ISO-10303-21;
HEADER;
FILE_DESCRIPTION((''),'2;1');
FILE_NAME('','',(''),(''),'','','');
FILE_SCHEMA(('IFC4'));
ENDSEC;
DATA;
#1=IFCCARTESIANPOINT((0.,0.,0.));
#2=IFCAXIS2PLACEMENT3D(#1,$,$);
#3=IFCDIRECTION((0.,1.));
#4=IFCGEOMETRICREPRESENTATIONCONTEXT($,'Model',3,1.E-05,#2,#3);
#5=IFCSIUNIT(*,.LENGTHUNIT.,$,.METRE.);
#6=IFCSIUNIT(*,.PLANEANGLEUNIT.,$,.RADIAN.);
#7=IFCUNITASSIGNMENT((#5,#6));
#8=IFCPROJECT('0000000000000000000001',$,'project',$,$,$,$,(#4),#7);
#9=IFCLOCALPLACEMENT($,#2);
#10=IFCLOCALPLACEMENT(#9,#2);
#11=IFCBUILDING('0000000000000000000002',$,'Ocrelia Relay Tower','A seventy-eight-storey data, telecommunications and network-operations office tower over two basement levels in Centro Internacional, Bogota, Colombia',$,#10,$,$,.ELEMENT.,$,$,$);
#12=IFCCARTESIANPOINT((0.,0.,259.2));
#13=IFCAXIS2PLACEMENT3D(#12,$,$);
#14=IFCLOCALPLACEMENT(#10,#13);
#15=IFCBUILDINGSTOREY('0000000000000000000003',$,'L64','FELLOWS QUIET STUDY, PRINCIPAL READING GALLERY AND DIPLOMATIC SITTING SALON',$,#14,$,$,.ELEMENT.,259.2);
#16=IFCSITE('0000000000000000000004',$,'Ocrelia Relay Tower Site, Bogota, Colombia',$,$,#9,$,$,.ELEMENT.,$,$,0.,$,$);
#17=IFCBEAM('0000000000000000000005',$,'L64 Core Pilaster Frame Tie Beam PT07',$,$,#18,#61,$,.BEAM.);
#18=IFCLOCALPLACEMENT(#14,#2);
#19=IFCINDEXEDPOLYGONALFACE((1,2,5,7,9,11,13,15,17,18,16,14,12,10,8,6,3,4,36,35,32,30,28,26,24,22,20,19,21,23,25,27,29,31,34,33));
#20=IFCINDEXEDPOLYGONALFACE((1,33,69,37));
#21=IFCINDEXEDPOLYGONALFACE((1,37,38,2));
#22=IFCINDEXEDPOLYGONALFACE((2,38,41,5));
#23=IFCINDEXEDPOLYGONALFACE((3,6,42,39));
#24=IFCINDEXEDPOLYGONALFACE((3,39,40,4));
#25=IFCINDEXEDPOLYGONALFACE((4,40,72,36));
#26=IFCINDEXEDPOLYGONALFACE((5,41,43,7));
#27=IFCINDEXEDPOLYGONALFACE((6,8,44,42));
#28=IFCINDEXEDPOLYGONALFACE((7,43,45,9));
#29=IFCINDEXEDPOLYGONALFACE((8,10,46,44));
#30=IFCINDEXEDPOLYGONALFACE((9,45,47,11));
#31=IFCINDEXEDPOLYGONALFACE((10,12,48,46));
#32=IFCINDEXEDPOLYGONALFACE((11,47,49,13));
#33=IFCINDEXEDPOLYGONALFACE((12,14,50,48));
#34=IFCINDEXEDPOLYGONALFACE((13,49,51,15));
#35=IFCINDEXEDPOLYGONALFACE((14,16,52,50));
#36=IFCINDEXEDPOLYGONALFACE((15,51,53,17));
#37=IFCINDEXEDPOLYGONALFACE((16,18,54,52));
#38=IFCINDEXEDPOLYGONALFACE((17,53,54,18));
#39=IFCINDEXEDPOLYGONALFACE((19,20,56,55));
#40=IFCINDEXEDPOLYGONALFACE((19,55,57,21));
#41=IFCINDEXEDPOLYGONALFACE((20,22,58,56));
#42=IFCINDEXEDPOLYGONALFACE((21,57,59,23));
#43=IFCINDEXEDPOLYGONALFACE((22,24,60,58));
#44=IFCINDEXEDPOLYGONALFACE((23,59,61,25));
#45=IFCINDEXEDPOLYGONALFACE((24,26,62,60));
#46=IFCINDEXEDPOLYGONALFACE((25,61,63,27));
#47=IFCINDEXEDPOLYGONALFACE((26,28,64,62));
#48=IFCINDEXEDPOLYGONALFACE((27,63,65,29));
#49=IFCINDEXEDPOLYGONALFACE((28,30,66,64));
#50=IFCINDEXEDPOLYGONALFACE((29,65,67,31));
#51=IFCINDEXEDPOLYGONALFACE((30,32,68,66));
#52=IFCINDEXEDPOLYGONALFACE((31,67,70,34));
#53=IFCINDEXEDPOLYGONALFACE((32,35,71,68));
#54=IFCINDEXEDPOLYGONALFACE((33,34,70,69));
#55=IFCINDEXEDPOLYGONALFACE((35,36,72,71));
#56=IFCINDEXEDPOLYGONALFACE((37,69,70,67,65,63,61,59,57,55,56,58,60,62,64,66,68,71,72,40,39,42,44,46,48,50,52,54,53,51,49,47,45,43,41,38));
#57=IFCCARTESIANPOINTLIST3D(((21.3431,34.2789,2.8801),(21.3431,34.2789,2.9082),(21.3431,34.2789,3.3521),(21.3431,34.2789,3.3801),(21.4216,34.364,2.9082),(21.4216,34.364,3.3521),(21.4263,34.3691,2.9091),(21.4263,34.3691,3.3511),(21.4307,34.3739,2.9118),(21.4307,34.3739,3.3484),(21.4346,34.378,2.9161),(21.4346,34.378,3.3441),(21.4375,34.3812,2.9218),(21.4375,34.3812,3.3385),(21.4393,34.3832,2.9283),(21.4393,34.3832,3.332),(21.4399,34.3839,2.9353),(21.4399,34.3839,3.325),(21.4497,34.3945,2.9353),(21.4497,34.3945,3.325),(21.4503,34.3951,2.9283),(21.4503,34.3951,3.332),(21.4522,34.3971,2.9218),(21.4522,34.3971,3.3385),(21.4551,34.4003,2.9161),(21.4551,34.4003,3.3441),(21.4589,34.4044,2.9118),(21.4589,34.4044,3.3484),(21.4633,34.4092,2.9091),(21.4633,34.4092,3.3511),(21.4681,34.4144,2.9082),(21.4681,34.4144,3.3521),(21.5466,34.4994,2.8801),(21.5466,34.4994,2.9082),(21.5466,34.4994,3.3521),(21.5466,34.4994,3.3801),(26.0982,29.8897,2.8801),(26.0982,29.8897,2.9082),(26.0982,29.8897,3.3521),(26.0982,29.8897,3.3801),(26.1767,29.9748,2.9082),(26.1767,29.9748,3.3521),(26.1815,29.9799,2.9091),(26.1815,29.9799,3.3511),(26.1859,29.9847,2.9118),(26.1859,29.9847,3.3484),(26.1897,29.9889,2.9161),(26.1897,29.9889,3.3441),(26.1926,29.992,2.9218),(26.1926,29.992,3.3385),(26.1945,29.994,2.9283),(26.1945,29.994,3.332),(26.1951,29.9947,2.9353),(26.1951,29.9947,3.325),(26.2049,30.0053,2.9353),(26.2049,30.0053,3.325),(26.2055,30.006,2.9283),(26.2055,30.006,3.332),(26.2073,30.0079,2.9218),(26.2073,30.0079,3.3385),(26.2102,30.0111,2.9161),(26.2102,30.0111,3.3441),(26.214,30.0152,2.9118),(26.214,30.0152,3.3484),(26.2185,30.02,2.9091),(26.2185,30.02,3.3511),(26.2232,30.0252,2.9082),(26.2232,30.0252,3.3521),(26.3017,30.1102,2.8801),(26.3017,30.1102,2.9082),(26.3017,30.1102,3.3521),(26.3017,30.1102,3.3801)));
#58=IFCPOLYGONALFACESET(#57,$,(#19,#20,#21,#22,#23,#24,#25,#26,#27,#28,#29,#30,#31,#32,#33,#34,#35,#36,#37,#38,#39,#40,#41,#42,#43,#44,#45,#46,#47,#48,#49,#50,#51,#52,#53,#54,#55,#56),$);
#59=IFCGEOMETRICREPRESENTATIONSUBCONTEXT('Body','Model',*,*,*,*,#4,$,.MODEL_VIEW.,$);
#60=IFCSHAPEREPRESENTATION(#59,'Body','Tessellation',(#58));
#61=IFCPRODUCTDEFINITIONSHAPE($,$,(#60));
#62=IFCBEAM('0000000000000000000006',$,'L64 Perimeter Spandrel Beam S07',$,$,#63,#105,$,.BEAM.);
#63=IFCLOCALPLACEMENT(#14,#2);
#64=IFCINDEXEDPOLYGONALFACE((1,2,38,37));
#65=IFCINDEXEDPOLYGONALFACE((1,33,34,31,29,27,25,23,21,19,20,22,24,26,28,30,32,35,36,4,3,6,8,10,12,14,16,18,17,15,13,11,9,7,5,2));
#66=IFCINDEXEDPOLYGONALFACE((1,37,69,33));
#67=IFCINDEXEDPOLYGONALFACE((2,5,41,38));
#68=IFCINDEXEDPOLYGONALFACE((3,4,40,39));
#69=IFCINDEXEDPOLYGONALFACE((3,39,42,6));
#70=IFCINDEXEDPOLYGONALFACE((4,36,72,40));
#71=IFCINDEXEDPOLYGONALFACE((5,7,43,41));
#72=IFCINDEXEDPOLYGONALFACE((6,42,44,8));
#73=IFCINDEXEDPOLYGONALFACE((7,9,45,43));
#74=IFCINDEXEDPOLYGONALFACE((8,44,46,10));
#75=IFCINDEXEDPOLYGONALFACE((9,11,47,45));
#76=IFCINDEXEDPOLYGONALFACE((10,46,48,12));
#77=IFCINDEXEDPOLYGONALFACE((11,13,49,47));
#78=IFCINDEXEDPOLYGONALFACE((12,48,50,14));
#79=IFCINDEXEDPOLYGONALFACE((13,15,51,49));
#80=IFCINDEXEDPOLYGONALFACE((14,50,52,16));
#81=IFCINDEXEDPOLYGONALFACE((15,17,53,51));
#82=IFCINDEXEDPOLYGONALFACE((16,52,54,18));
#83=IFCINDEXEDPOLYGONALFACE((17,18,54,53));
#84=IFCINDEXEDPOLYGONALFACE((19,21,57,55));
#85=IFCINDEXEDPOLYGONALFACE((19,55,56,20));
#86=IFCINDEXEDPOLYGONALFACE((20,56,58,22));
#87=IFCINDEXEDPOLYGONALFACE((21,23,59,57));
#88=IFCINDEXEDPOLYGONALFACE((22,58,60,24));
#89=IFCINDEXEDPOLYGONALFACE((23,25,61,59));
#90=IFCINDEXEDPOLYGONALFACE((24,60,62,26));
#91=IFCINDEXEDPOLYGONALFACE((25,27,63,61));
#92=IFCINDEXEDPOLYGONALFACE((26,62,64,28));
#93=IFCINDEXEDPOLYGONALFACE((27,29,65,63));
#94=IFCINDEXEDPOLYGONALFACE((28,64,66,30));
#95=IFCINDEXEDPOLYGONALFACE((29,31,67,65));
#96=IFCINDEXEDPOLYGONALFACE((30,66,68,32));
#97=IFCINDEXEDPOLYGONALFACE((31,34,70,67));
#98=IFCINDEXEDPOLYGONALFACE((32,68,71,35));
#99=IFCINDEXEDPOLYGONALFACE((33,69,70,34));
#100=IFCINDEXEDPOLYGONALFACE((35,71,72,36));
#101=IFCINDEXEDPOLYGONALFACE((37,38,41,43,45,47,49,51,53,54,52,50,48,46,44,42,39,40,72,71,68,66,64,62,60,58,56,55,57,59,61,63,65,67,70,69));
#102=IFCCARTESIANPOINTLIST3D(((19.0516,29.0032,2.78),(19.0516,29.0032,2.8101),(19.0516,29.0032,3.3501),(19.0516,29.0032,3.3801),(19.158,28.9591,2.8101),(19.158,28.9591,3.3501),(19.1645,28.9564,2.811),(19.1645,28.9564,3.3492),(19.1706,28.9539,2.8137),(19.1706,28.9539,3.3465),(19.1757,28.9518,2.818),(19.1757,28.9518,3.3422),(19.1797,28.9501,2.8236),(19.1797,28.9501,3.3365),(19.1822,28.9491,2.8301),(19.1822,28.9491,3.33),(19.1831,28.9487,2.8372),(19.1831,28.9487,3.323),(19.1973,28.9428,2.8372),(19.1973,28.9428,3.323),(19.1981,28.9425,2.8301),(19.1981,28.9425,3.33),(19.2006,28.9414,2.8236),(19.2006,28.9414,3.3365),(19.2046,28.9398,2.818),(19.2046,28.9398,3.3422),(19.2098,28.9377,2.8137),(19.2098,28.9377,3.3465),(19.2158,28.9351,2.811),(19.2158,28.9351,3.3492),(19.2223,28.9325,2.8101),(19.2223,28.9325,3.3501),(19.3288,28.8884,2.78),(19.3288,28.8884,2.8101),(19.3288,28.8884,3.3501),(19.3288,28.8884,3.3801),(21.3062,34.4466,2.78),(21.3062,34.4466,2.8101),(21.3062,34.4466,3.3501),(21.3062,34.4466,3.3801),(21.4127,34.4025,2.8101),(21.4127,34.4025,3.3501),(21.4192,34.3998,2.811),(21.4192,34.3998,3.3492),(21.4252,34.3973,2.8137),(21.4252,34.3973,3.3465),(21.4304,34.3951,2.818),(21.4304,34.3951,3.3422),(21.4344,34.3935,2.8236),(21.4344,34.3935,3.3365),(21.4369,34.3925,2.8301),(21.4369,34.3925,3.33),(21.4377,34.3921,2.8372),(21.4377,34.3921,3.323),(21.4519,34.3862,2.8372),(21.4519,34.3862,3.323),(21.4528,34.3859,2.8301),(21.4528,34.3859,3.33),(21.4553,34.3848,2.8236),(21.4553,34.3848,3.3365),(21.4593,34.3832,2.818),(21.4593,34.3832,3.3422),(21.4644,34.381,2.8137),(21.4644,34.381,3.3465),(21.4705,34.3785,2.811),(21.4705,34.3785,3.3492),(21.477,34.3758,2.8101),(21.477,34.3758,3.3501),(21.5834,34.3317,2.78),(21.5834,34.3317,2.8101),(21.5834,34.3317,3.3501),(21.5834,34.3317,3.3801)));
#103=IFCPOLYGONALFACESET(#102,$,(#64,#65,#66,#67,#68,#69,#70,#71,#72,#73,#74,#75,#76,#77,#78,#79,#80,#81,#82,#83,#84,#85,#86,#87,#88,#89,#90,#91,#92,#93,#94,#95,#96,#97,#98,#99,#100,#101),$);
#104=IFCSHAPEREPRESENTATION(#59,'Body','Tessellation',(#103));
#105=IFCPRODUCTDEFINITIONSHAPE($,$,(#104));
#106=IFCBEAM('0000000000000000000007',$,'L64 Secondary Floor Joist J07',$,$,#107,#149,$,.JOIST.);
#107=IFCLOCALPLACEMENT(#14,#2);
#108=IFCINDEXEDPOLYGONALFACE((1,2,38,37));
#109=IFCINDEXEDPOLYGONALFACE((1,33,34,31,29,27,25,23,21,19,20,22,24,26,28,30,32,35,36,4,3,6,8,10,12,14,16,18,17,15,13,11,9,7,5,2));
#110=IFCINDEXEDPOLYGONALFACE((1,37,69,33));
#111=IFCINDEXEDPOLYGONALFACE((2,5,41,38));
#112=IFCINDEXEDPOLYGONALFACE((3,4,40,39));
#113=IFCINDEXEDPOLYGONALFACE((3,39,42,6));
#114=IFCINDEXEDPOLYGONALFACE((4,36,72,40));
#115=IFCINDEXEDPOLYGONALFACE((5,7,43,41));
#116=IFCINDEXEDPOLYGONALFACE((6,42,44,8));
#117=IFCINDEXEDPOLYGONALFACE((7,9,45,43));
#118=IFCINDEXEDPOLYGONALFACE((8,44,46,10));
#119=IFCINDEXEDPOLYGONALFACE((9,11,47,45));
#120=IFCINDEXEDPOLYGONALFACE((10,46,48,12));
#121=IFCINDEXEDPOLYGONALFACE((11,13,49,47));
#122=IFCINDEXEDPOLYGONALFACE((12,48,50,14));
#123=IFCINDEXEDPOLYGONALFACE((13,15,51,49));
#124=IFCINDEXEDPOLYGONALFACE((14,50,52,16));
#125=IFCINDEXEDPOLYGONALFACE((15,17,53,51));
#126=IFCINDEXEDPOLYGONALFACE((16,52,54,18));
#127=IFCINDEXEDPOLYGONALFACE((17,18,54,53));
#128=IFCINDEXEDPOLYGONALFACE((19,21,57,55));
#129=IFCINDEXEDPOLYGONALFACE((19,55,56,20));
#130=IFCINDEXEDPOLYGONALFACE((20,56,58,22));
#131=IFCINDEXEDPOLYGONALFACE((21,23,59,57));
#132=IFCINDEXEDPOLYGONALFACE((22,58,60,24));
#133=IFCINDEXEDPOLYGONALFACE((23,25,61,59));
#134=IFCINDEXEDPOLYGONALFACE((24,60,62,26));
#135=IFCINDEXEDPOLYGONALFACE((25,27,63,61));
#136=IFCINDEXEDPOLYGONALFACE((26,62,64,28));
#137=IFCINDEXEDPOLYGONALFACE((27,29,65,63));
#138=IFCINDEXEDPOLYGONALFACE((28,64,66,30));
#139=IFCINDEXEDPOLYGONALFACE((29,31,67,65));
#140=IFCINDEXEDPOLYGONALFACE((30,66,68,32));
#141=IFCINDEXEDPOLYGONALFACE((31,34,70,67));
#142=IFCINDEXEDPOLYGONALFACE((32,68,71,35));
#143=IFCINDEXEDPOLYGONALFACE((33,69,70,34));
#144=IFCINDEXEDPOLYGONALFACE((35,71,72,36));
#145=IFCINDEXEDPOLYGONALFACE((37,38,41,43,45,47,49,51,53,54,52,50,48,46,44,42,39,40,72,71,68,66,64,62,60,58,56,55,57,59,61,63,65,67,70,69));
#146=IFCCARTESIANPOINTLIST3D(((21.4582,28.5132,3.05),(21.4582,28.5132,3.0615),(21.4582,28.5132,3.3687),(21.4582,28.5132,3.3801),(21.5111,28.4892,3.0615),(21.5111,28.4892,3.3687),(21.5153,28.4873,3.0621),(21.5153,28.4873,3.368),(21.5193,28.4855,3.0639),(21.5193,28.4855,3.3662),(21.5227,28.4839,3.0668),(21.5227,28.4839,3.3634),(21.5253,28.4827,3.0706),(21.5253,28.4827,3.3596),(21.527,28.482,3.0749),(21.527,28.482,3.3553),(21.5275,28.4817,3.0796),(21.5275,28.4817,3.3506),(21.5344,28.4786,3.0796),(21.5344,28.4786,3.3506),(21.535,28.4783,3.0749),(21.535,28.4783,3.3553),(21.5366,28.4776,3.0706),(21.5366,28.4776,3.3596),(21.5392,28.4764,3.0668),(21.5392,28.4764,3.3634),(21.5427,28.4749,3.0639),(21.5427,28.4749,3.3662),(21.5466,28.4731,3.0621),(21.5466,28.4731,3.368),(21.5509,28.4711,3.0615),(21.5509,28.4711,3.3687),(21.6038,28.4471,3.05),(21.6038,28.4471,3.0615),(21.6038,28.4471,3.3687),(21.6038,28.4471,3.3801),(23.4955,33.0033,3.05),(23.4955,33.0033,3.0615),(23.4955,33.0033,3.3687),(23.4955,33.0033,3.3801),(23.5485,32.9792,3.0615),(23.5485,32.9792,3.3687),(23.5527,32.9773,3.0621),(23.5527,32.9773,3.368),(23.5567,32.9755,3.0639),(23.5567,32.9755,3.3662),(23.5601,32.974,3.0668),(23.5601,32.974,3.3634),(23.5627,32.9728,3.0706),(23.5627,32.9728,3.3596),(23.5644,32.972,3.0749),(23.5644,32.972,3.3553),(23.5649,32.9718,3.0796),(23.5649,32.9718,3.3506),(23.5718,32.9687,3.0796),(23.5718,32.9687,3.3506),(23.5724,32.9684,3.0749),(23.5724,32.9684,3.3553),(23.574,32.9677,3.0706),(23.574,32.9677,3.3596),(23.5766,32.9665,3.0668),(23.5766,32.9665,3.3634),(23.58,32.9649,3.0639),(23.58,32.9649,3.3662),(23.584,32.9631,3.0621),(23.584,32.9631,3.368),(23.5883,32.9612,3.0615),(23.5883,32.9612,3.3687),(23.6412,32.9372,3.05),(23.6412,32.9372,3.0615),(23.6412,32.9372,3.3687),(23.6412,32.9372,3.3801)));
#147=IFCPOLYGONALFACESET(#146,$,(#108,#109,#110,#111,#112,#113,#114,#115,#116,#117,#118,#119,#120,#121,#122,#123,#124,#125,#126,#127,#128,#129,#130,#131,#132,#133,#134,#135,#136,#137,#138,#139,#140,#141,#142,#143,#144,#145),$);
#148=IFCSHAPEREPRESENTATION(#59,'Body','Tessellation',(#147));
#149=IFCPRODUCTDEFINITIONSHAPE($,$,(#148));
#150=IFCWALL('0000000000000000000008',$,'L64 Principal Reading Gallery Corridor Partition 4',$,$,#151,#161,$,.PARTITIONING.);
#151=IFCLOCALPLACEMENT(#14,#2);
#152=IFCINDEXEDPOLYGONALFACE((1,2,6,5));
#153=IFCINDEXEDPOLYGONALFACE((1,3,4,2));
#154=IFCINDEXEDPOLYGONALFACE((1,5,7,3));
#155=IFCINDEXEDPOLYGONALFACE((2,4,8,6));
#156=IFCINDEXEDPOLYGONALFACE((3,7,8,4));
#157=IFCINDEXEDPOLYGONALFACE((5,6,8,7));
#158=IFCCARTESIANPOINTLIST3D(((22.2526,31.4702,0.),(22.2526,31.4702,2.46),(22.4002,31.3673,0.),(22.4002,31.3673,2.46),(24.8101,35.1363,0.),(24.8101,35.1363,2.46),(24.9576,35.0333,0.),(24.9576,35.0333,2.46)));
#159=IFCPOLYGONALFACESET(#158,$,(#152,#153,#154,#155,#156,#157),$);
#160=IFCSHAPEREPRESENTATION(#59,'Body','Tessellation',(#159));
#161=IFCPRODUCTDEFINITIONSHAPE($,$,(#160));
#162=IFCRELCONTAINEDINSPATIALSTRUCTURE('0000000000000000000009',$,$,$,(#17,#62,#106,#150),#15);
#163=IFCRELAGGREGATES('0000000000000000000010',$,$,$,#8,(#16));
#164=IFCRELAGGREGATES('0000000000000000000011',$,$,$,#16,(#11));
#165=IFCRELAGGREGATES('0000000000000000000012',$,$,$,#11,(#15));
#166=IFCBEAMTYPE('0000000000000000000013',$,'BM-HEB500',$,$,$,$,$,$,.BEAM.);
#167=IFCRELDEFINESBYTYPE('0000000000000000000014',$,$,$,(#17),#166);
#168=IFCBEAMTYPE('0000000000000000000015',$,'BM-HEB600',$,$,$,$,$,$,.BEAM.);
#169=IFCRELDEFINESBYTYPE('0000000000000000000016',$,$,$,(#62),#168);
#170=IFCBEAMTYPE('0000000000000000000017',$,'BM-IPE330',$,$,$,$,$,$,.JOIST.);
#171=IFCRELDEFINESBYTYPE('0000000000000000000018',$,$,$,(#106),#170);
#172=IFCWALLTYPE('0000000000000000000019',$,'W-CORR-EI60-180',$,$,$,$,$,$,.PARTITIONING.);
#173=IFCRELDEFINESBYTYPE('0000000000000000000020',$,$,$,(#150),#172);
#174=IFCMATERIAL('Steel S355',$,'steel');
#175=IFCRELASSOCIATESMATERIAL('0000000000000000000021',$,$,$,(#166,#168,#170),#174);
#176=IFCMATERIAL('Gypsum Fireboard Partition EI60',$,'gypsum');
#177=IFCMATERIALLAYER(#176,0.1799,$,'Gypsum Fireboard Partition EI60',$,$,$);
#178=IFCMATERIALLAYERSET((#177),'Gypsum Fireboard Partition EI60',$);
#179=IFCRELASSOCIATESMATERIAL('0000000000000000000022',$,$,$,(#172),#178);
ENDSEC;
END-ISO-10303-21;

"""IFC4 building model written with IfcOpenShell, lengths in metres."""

from ifc_helpers import new_model, si_unit, direction, frame, frame_2d, origin, origin_2d, place, context, subcontext, project, spatial, rectangle, i_section, extrude, material, layer, layer_set, material_profile, profile_set, type_object, element, save


model = new_model("IFC4")

# Units and contexts
model_context = context("Model", 3, precision=1e-05, world=origin(), true_north=direction((0.0, 1.0)))
body_context = subcontext(model_context, "Body", "Model", "MODEL_VIEW")
ifc_project = project(units=[si_unit("LENGTHUNIT", "METRE"), si_unit("PLANEANGLEUNIT", "RADIAN")], contexts=[model_context])

# Site, building, storey
site_placement = place(None, origin())
site = spatial("IfcSite", under=ifc_project, at=site_placement, Name="Ocrelia Relay Tower Site, Bogota, Colombia", CompositionType="ELEMENT", RefElevation=0.0)
building_placement = place(site_placement, origin())
building = spatial("IfcBuilding", under=site, at=building_placement, Name="Ocrelia Relay Tower", Description="A seventy-eight-storey data, telecommunications and network-operations office tower over two basement levels in Centro Internacional, Bogota, Colombia", CompositionType="ELEMENT")
storey_placement = place(building_placement, frame((0.0, 0.0, 259.2)))
storey = spatial("IfcBuildingStorey", under=building, at=storey_placement, Name="L64", Description="FELLOWS QUIET STUDY, PRINCIPAL READING GALLERY AND DIPLOMATIC SITTING SALON", CompositionType="ELEMENT", Elevation=259.2)

# Beams
ifc_material_1 = material(Name="Steel S355", Category="steel")
ifc_material_profile_1 = material_profile(ifc_material_1, i_section(OverallWidth=0.3, OverallDepth=0.5, WebThickness=0.0144, FlangeThickness=0.0281, FilletRadius=0.0271, at=origin_2d()), Name="HEB 500")
ifc_profile_set_1 = profile_set([ifc_material_profile_1], Name="Steel S355")
beam_type_1 = type_object("IfcBeamType", Name="BM-HEB500", PredefinedType="BEAM", material=ifc_profile_set_1)
beam_1_placement = place(storey_placement, frame((21.4448, 34.3892, 3.1301), z_axis=(0.734818, -0.678264, 0.0), x_axis=(0.678264, 0.734818, 0.0)))
element("IfcBeam", 1, at=beam_1_placement, inside=storey, type_object=beam_type_1, Name="L64 Core Pilaster Frame Tie Beam PT07", PredefinedType="BEAM", context=body_context, shape_type="SweptSolid", body=[
    extrude(i_section(OverallWidth=0.3, OverallDepth=0.5, WebThickness=0.0144, FlangeThickness=0.0281, FilletRadius=0.0271, at=origin_2d()), origin(), (0.0, 0.0, 1.0), 6.4712),
])
ifc_material_profile_2 = material_profile(ifc_material_1, i_section(OverallWidth=0.3, OverallDepth=0.6001, WebThickness=0.0154, FlangeThickness=0.03, FilletRadius=0.0271, at=origin_2d()), Name="HEB 600")
ifc_profile_set_2 = profile_set([ifc_material_profile_2], Name="Steel S355")
beam_type_2 = type_object("IfcBeamType", Name="BM-HEB600", PredefinedType="BEAM", material=ifc_profile_set_2)
beam_2_placement = place(storey_placement, frame((21.4448, 34.3892, 3.0801), z_axis=(-0.382673, -0.923884, 0.0), x_axis=(0.923884, -0.382673, 0.0)))
element("IfcBeam", 2, at=beam_2_placement, inside=storey, type_object=beam_type_2, Name="L64 Perimeter Spandrel Beam S07", PredefinedType="BEAM", context=body_context, shape_type="SweptSolid", body=[
    extrude(i_section(OverallWidth=0.3, OverallDepth=0.6001, WebThickness=0.0154, FlangeThickness=0.03, FilletRadius=0.0271, at=origin_2d()), origin(), (0.0, 0.0, 1.0), 5.8918),
])
ifc_material_profile_3 = material_profile(ifc_material_1, i_section(OverallWidth=0.1599, OverallDepth=0.3301, WebThickness=0.0076, FlangeThickness=0.0115, FilletRadius=0.0181, at=origin_2d()), Name="IPE 330")
ifc_profile_set_3 = profile_set([ifc_material_profile_3], Name="Steel S355")
beam_type_3 = type_object("IfcBeamType", Name="BM-IPE330", PredefinedType="JOIST", material=ifc_profile_set_3)
beam_3_placement = place(storey_placement, frame((23.5684, 32.9702, 3.2151), z_axis=(-0.413206, -0.910638, 0.0), x_axis=(0.910638, -0.413206, 0.0)))
element("IfcBeam", 3, at=beam_3_placement, inside=storey, type_object=beam_type_3, Name="L64 Secondary Floor Joist J07", PredefinedType="JOIST", context=body_context, shape_type="SweptSolid", body=[
    extrude(i_section(OverallWidth=0.1599, OverallDepth=0.3301, WebThickness=0.0076, FlangeThickness=0.0115, FilletRadius=0.0181, at=origin_2d()), origin(), (0.0, 0.0, 1.0), 4.9307),
])

# Wall
ifc_material_2 = material(Name="Gypsum Fireboard Partition EI60", Category="gypsum")
ifc_layer_1 = layer(ifc_material_2, 0.1799, Name="Gypsum Fireboard Partition EI60")
ifc_layer_set_1 = layer_set([ifc_layer_1], Name="Gypsum Fireboard Partition EI60")
wall_type_1 = type_object("IfcWallType", Name="W-CORR-EI60-180", PredefinedType="PARTITIONING", material=ifc_layer_set_1)
wall_1_placement = place(storey_placement, frame((24.8838, 35.0847, 0.0), z_axis=(0.0, 0.0, 1.0), x_axis=(-0.572135, -0.82016, 0.0)))
element("IfcWall", 4, at=wall_1_placement, inside=storey, type_object=wall_type_1, Name="L64 Principal Reading Gallery Corridor Partition 4", PredefinedType="PARTITIONING", context=body_context, shape_type="SweptSolid", body=[
    extrude(rectangle(XDim=4.47, YDim=0.1799, at=frame_2d((2.2349, 0.0))), origin(), (0.0, 0.0, 1.0), 2.46),
])

save(model, "model.ifc")
